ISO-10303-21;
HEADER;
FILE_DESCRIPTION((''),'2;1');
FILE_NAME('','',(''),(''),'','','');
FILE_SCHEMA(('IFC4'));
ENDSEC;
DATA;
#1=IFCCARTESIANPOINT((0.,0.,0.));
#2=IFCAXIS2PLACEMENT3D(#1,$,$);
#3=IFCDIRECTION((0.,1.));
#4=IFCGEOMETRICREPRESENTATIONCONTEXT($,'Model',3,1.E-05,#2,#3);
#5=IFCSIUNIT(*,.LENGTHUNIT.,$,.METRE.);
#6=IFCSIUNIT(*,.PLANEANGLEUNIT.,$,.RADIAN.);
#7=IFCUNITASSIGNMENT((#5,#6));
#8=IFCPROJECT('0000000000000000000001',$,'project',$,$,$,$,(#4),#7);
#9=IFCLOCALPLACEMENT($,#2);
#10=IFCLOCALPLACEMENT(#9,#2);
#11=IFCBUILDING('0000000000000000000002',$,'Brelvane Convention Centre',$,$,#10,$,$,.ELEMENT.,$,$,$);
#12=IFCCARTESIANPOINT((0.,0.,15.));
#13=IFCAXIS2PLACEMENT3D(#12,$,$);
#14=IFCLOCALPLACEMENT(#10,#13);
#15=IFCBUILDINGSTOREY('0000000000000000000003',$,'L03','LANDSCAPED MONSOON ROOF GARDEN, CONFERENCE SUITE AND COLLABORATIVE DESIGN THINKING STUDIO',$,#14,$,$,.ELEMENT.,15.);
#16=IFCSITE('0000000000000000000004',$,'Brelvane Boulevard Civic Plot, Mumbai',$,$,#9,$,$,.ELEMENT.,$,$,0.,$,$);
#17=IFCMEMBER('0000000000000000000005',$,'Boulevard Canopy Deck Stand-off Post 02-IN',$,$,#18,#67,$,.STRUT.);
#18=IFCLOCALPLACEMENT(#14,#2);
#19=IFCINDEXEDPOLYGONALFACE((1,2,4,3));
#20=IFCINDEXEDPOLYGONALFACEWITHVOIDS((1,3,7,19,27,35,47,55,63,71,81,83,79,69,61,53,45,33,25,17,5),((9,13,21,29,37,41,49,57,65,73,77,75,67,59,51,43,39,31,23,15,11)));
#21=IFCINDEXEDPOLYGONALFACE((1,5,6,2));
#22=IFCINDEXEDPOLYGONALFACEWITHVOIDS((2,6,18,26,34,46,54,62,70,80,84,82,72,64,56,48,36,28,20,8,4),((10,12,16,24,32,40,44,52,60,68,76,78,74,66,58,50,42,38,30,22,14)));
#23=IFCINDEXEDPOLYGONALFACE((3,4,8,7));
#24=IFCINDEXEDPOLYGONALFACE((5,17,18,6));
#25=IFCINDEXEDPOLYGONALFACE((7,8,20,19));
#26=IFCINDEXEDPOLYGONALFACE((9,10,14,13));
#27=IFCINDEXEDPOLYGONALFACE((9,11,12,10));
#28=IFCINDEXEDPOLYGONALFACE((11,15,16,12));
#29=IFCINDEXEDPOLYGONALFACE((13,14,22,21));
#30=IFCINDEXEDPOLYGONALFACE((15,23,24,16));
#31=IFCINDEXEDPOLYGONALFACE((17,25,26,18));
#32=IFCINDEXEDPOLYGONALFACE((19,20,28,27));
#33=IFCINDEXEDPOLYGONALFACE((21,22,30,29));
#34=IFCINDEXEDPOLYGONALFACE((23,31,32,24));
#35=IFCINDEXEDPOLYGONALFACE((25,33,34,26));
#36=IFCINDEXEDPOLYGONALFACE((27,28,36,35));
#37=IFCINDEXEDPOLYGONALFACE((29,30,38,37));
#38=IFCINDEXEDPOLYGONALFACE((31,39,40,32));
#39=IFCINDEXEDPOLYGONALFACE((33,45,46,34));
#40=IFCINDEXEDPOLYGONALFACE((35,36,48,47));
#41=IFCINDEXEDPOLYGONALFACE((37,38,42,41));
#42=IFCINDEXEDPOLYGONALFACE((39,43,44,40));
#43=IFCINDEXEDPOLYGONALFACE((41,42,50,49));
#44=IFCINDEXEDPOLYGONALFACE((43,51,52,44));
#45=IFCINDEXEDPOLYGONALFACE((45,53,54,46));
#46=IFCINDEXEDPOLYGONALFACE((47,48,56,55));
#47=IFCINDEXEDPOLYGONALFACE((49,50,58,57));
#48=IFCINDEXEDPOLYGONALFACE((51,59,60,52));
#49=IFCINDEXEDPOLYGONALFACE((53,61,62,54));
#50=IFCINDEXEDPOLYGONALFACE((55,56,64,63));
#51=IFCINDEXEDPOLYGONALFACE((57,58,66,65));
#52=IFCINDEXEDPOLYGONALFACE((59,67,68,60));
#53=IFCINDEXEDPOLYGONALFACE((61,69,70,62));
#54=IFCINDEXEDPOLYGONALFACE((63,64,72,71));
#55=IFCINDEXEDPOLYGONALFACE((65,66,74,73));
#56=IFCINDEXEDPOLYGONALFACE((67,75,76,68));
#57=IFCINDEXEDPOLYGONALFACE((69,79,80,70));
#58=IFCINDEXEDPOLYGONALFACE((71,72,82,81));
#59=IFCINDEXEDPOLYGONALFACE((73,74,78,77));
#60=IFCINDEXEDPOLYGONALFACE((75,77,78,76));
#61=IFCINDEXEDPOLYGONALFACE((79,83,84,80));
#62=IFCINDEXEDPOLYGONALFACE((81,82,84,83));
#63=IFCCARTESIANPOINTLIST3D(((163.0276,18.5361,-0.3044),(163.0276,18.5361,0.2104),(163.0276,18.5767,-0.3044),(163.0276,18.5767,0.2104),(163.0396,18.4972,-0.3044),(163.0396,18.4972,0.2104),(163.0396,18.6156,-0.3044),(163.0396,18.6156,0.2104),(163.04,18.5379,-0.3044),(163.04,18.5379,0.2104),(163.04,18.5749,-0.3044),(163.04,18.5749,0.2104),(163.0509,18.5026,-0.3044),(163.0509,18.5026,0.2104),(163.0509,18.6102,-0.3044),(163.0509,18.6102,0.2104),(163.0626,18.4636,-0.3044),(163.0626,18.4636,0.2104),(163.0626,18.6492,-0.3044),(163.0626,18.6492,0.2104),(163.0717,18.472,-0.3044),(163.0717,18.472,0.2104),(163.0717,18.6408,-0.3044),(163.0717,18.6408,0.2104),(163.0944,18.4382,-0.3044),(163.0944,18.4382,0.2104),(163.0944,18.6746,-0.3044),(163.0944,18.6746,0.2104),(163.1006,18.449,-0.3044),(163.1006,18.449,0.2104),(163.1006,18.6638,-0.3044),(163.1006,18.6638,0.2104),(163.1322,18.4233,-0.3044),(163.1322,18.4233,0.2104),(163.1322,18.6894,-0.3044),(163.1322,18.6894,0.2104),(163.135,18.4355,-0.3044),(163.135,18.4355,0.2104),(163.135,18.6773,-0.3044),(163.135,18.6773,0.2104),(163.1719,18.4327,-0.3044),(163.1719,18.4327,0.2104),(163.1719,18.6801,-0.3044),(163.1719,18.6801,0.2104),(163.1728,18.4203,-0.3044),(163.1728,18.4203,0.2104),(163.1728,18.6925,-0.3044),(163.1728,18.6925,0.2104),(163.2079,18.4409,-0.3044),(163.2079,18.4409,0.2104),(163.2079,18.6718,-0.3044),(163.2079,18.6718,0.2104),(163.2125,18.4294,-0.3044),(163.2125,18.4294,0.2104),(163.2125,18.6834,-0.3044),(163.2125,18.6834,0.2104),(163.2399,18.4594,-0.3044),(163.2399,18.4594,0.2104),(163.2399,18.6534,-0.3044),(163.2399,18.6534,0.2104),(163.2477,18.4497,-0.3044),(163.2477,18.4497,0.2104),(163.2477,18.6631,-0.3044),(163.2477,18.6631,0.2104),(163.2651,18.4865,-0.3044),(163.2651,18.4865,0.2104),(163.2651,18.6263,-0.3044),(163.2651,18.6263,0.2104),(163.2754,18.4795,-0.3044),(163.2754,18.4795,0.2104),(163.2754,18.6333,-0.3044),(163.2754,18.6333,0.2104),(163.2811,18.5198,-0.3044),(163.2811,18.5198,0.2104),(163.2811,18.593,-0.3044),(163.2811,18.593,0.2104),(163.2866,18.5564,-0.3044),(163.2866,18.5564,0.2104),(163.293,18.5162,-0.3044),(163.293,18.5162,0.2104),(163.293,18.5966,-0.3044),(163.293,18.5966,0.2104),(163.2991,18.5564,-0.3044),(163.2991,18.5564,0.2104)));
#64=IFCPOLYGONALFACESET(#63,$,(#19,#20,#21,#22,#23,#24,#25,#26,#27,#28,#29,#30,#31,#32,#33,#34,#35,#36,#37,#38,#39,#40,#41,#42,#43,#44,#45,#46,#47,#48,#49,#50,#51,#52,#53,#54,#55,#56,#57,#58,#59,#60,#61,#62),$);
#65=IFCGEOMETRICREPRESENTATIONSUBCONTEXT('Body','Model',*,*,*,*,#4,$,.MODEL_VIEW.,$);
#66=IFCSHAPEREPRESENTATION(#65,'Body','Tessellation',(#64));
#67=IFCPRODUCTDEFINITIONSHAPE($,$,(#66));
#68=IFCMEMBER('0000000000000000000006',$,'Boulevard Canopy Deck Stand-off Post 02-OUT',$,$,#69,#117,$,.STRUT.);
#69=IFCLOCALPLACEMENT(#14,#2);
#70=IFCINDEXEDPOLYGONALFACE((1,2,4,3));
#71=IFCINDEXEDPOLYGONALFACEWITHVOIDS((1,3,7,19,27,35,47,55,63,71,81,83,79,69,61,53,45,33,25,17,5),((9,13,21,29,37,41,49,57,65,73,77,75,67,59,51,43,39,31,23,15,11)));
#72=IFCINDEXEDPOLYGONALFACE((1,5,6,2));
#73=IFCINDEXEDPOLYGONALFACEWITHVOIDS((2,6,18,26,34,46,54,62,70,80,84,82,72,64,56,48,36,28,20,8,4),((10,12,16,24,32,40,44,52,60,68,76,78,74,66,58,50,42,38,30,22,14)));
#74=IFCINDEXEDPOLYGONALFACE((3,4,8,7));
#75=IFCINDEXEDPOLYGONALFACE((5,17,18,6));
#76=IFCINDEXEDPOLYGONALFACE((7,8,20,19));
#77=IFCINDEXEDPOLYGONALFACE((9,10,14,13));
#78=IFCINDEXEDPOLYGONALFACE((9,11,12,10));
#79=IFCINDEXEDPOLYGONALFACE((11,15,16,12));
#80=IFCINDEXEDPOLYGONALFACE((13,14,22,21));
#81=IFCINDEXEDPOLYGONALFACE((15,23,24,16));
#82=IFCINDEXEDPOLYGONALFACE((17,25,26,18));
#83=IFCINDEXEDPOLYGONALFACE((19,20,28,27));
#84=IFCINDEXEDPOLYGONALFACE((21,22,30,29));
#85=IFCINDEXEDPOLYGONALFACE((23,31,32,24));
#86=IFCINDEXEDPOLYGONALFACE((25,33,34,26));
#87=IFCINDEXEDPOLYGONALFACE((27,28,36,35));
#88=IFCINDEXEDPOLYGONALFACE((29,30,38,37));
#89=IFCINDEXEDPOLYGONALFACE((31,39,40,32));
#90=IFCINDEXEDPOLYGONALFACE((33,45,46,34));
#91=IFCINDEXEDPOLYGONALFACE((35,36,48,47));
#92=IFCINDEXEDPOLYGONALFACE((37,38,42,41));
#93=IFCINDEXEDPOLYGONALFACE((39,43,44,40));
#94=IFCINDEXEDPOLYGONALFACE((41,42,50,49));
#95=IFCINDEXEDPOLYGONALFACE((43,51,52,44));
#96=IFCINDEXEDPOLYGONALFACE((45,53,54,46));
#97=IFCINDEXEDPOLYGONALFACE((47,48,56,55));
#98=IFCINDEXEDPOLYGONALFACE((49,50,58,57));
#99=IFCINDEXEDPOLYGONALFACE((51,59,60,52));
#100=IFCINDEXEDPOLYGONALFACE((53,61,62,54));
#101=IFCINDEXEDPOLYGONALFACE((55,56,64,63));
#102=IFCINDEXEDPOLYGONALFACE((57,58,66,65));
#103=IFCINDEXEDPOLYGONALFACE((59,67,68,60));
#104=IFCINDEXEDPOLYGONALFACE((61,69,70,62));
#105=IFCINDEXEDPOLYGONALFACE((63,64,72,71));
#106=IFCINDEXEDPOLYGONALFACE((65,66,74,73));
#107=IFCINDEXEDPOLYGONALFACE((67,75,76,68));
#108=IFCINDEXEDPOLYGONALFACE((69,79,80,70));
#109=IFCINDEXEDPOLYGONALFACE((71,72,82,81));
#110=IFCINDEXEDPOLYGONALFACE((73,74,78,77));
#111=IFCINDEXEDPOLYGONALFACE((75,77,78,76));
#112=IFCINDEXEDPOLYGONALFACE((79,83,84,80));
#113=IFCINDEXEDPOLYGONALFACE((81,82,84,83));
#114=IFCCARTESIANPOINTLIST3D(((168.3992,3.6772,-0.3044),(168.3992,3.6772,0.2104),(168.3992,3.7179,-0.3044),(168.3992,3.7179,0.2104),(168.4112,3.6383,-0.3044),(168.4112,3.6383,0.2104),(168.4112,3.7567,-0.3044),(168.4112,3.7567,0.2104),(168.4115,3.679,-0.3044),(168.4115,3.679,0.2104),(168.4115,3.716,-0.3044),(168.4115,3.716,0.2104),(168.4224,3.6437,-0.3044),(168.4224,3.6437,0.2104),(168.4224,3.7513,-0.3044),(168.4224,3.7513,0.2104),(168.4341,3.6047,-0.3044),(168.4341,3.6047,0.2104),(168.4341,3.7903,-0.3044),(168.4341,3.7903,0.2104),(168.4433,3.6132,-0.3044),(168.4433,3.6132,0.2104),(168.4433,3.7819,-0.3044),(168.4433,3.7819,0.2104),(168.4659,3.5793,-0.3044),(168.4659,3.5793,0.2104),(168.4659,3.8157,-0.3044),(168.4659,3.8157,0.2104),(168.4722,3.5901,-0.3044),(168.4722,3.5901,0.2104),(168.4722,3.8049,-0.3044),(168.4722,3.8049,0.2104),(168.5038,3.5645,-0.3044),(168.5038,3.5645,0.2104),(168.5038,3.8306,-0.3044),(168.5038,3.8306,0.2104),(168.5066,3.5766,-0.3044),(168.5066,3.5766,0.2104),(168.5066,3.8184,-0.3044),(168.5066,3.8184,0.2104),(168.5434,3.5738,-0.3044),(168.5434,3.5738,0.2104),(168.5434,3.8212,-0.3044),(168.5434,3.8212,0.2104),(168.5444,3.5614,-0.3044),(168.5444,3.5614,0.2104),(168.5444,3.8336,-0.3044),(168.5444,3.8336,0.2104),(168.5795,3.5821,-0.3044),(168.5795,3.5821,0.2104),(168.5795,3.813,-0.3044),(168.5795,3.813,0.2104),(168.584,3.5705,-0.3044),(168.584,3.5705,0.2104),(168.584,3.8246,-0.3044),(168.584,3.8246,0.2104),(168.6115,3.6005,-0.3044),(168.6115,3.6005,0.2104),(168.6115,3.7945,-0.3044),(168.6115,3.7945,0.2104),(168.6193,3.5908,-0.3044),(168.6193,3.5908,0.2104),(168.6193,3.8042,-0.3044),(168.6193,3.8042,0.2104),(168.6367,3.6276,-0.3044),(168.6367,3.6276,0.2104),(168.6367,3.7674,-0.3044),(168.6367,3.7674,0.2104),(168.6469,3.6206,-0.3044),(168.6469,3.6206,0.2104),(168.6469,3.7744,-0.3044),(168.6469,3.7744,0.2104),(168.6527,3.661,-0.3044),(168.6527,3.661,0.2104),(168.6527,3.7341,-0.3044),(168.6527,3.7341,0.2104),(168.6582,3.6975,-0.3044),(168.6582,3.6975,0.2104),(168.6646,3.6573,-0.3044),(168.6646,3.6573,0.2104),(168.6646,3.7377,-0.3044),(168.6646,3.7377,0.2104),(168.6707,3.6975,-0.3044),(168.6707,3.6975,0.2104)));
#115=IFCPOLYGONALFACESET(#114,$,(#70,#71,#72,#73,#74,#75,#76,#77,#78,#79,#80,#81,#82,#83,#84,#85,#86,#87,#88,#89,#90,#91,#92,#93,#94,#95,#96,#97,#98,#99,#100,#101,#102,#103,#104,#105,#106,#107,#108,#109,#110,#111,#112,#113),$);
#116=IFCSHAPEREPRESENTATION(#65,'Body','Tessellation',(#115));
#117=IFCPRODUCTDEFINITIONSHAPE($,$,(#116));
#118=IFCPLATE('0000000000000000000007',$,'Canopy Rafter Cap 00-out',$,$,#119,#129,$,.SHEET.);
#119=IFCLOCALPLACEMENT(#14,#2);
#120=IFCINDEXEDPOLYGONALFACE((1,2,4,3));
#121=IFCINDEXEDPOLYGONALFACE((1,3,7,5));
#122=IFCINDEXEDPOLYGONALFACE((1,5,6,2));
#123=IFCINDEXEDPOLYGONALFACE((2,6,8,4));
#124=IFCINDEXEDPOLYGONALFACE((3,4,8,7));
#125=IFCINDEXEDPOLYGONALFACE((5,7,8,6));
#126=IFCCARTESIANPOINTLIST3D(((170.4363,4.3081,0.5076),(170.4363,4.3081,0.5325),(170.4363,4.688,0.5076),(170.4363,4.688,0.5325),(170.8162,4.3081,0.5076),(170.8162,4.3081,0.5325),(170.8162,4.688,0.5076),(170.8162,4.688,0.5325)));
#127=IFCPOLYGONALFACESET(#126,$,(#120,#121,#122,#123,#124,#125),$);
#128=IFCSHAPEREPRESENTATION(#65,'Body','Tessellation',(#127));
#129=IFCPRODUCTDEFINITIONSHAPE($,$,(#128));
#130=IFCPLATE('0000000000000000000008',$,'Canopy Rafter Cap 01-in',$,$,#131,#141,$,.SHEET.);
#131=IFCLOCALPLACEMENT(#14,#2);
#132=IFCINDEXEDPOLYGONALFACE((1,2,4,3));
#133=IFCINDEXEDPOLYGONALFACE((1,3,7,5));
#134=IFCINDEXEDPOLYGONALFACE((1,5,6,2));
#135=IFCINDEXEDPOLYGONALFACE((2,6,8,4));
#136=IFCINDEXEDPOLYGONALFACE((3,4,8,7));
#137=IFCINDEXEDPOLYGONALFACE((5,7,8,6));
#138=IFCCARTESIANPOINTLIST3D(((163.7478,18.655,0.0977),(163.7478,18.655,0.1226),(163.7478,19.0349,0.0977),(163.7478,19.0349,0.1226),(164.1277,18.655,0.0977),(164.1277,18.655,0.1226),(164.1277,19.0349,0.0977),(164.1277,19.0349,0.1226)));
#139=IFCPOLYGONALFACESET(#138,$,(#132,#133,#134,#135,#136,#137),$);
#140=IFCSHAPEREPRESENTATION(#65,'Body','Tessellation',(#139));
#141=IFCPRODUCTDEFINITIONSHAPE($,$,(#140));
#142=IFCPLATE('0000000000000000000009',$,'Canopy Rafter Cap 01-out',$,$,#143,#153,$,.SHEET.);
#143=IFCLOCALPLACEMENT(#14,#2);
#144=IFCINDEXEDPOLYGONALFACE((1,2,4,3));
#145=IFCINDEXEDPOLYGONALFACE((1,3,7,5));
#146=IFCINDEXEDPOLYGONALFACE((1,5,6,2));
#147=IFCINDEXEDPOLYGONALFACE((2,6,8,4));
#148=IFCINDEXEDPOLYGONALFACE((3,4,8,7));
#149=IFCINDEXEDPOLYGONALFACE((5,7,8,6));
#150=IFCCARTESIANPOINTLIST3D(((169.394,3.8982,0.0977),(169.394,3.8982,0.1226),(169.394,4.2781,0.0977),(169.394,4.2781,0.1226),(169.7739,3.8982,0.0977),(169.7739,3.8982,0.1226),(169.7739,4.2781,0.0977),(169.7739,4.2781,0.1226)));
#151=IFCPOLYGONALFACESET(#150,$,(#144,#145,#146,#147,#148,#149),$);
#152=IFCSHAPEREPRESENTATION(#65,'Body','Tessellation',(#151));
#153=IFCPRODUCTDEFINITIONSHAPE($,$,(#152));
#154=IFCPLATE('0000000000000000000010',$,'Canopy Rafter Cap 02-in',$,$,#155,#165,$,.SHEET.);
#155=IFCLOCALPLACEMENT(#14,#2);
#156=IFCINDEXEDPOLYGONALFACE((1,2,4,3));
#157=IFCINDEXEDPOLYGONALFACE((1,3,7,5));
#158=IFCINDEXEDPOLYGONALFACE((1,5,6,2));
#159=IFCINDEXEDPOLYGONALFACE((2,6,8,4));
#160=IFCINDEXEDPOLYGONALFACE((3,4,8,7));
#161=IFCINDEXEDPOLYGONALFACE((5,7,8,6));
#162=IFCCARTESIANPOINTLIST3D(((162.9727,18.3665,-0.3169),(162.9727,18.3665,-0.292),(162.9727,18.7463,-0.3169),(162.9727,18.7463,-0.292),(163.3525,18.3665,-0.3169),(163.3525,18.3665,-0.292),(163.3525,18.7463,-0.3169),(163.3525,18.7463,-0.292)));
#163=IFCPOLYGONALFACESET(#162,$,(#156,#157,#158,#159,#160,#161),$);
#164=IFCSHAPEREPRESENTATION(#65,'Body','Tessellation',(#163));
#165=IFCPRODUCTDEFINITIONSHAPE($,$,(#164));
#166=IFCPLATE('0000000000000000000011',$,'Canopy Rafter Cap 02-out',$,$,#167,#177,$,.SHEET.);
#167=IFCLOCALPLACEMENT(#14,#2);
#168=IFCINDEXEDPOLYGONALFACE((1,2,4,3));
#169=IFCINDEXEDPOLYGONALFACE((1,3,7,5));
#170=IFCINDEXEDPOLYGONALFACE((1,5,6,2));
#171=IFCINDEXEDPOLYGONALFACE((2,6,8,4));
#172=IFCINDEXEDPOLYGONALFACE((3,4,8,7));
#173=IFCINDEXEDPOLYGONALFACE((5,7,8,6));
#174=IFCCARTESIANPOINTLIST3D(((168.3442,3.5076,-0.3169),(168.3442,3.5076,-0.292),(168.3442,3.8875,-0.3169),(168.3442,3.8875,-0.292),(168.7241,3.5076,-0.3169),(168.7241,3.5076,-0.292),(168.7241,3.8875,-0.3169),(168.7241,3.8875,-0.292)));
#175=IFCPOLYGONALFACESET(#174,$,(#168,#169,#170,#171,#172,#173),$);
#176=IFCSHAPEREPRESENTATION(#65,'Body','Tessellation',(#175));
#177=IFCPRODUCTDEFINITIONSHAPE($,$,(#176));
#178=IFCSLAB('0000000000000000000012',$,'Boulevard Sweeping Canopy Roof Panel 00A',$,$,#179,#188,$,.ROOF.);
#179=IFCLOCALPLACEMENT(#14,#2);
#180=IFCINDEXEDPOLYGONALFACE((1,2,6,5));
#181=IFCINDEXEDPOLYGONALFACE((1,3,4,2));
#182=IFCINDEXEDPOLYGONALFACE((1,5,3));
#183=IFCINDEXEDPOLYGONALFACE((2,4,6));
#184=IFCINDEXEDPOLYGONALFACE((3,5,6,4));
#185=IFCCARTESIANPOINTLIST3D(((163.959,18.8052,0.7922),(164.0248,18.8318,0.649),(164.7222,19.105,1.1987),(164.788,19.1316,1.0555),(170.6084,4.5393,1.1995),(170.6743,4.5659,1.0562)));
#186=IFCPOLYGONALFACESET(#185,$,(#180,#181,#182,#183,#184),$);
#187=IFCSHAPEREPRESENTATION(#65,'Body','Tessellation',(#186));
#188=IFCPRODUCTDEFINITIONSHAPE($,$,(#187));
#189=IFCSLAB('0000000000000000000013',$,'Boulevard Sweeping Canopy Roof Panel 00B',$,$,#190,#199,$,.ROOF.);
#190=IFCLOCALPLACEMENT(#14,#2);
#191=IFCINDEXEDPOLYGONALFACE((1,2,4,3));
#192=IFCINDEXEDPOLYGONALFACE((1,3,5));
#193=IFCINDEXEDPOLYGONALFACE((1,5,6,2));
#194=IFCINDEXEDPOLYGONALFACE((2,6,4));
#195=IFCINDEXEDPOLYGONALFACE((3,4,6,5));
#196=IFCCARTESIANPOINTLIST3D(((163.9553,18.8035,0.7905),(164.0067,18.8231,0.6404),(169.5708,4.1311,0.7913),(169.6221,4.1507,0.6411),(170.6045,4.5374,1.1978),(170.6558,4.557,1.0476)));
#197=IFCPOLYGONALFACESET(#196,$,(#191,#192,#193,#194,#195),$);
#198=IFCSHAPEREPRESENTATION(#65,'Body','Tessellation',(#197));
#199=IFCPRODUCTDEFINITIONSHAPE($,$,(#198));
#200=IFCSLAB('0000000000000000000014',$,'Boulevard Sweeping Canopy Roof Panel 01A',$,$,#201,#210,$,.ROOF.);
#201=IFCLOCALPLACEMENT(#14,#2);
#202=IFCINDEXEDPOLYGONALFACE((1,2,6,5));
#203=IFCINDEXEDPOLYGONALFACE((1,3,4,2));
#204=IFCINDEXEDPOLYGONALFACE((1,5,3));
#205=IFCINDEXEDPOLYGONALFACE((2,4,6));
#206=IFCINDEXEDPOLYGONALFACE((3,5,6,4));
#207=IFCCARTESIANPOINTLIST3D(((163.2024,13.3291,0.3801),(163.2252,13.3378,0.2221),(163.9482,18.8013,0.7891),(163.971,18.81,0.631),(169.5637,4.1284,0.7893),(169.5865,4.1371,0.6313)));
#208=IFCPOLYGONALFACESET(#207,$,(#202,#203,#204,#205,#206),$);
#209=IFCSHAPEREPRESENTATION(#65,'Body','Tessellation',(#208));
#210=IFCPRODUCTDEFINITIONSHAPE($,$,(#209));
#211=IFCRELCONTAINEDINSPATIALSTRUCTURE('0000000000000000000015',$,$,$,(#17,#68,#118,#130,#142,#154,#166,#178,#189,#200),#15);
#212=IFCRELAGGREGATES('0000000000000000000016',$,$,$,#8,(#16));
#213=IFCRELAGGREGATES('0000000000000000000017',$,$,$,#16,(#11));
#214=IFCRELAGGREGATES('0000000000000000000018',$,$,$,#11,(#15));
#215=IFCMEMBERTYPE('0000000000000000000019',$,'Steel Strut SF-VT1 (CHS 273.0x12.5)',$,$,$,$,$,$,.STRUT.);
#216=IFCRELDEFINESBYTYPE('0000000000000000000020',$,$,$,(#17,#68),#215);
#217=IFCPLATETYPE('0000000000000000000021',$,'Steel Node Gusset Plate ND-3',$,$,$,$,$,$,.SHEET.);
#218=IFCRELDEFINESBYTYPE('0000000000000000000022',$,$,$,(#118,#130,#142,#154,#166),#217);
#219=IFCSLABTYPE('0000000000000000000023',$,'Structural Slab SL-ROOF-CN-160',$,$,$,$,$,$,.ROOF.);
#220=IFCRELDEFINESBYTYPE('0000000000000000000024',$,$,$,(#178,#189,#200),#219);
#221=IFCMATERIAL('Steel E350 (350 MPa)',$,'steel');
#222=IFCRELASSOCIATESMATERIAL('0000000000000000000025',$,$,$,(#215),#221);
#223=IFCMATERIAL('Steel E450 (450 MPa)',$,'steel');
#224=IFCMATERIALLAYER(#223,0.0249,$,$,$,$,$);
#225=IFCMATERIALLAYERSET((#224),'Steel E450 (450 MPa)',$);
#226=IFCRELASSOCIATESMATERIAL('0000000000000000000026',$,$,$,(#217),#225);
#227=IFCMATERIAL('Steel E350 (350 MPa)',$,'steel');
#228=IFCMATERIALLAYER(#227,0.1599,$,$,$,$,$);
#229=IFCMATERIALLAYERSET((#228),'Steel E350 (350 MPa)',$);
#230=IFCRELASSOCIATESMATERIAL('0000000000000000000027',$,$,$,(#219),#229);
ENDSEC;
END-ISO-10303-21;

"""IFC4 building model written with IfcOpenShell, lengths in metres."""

from ifc_helpers import new_model, si_unit, direction, frame, origin, origin_2d, place, context, subcontext, project, spatial, polyline, rectangle, hollow_circle, outline, extrude, material, layer, layer_set, material_profile, profile_set, type_object, element, save


model = new_model("IFC4")

# Units and contexts
model_context = context("Model", 3, precision=1e-05, world=origin(), true_north=direction((0.0, 1.0)))
body_context = subcontext(model_context, "Body", "Model", "MODEL_VIEW")
ifc_project = project(units=[si_unit("LENGTHUNIT", "METRE"), si_unit("PLANEANGLEUNIT", "RADIAN")], contexts=[model_context])

# Site, building, storey
site_placement = place(None, origin())
site = spatial("IfcSite", under=ifc_project, at=site_placement, Name="Brelvane Boulevard Civic Plot, Mumbai", CompositionType="ELEMENT", RefElevation=0.0)
building_placement = place(site_placement, origin())
building = spatial("IfcBuilding", under=site, at=building_placement, Name="Brelvane Convention Centre", CompositionType="ELEMENT")
storey_placement = place(building_placement, frame((0.0, 0.0, 15.0)))
storey = spatial("IfcBuildingStorey", under=building, at=storey_placement, Name="L03", Description="LANDSCAPED MONSOON ROOF GARDEN, CONFERENCE SUITE AND COLLABORATIVE DESIGN THINKING STUDIO", CompositionType="ELEMENT", Elevation=15.0)

# Members
ifc_material_1 = material(Name="Steel E350 (350 MPa)", Category="steel")
ifc_material_profile_1 = material_profile(ifc_material_1, hollow_circle(Radius=0.1365, WallThickness=0.0125, at=origin_2d()), Name="CHS 273.0x12.5")
ifc_profile_set_1 = profile_set([ifc_material_profile_1], Name="Steel E350 (350 MPa)")
member_type_1 = type_object("IfcMemberType", Name="Steel Strut SF-VT1 (CHS 273.0x12.5)", PredefinedType="STRUT", material=ifc_profile_set_1)
for number, where, z_axis, x_axis, name in (
    (1, (163.1626, 18.5564, -0.3044), (0.0, 0.0, 1.0), (1.0, 0.0, 0.0), "Boulevard Canopy Deck Stand-off Post 02-IN"),
    (2, (168.5342, 3.6975, -0.3044), (0.0, 0.0, 1.0), (1.0, 0.0, 0.0), "Boulevard Canopy Deck Stand-off Post 02-OUT"),
):
    element("IfcMember", number, at=place(storey_placement, frame(where, z_axis=z_axis, x_axis=x_axis)), inside=storey, type_object=member_type_1, Name=name, PredefinedType="STRUT", context=body_context, shape_type="SweptSolid", body=[
        extrude(hollow_circle(Radius=0.1365, WallThickness=0.0125, at=origin_2d()), origin(), (0.0, 0.0, 1.0), 0.5149),
    ])

# Plates
ifc_material_2 = material(Name="Steel E450 (450 MPa)", Category="steel")
ifc_layer_1 = layer(ifc_material_2, 0.0249)
ifc_layer_set_1 = layer_set([ifc_layer_1], Name="Steel E450 (450 MPa)")
plate_type = type_object("IfcPlateType", Name="Steel Node Gusset Plate ND-3", PredefinedType="SHEET", material=ifc_layer_set_1)
for number, where, z_axis, x_axis, name in (
    (3, (170.6262, 4.498, 0.5076), (0.0, 0.0, 1.0), (1.0, 0.0, 0.0), "Canopy Rafter Cap 00-out"),
    (4, (163.9377, 18.845, 0.0977), (0.0, 0.0, 1.0), (1.0, 0.0, 0.0), "Canopy Rafter Cap 01-in"),
    (5, (169.584, 4.0881, 0.0977), (0.0, 0.0, 1.0), (1.0, 0.0, 0.0), "Canopy Rafter Cap 01-out"),
    (6, (163.1626, 18.5564, -0.3169), (0.0, 0.0, 1.0), (1.0, 0.0, 0.0), "Canopy Rafter Cap 02-in"),
    (7, (168.5342, 3.6975, -0.3169), (0.0, 0.0, 1.0), (1.0, 0.0, 0.0), "Canopy Rafter Cap 02-out"),
):
    element("IfcPlate", number, at=place(storey_placement, frame(where, z_axis=z_axis, x_axis=x_axis)), inside=storey, type_object=plate_type, Name=name, PredefinedType="SHEET", context=body_context, shape_type="SweptSolid", body=[
        extrude(rectangle(XDim=0.3799, YDim=0.3799, at=origin_2d()), origin(), (0.0, 0.0, 1.0), 0.0249),
    ])

# Slabs
ifc_material_3 = material(Name="Steel E350 (350 MPa)", Category="steel")
ifc_layer_2 = layer(ifc_material_3, 0.1599)
ifc_layer_set_2 = layer_set([ifc_layer_2], Name="Steel E350 (350 MPa)")
slab_type = type_object("IfcSlabType", Name="Structural Slab SL-ROOF-CN-160", PredefinedType="ROOF", material=ifc_layer_set_2)
slab_1_placement = place(storey_placement, frame((164.7222, 19.105, 1.1987), z_axis=(-0.41184, -0.166386, 0.895937), x_axis=(0.374679, -0.927155, 0.000047)))
element("IfcSlab", 8, at=slab_1_placement, inside=storey, type_object=slab_type, Name="Boulevard Sweeping Canopy Roof Panel 00A", PredefinedType="ROOF", context=body_context, shape_type="SweptSolid", body=[
    extrude(outline(polyline([(0.0, 0.0), (15.7101, 0.0), (-0.008, -0.9152), (0.0, 0.0)])), origin(), (0.0, 0.0, -1.0), 0.1599),
])
slab_2_placement = place(storey_placement, frame((170.6045, 4.5374, 1.1978), z_axis=(-0.321019, -0.122815, 0.939076), x_axis=(-0.874005, -0.343492, -0.343698)))
element("IfcSlab", 9, at=slab_2_placement, inside=storey, type_object=slab_type, Name="Boulevard Sweeping Canopy Roof Panel 00B", PredefinedType="ROOF", context=body_context, shape_type="SweptSolid", body=[
    extrude(outline(polyline([(0.0, 0.0), (1.1827, 0.0), (1.0511, -15.7097), (0.0, 0.0)])), origin(), (0.0, 0.0, -1.0), 0.1599),
])
slab_3_placement = place(storey_placement, frame((163.9482, 18.8013, 0.7891), z_axis=(-0.142335, -0.054457, 0.988319), x_axis=(0.35743, -0.93394, 0.000016)))
element("IfcSlab", 10, at=slab_3_placement, inside=storey, type_object=slab_type, Name="Boulevard Sweeping Canopy Roof Panel 01A", PredefinedType="ROOF", context=body_context, shape_type="SweptSolid", body=[
    extrude(outline(polyline([(0.0, 0.0), (15.7107, 0.0), (4.8441, -2.6838), (0.0, 0.0)])), origin(), (0.0, 0.0, -1.0), 0.1599),
])

save(model, "model.ifc")
